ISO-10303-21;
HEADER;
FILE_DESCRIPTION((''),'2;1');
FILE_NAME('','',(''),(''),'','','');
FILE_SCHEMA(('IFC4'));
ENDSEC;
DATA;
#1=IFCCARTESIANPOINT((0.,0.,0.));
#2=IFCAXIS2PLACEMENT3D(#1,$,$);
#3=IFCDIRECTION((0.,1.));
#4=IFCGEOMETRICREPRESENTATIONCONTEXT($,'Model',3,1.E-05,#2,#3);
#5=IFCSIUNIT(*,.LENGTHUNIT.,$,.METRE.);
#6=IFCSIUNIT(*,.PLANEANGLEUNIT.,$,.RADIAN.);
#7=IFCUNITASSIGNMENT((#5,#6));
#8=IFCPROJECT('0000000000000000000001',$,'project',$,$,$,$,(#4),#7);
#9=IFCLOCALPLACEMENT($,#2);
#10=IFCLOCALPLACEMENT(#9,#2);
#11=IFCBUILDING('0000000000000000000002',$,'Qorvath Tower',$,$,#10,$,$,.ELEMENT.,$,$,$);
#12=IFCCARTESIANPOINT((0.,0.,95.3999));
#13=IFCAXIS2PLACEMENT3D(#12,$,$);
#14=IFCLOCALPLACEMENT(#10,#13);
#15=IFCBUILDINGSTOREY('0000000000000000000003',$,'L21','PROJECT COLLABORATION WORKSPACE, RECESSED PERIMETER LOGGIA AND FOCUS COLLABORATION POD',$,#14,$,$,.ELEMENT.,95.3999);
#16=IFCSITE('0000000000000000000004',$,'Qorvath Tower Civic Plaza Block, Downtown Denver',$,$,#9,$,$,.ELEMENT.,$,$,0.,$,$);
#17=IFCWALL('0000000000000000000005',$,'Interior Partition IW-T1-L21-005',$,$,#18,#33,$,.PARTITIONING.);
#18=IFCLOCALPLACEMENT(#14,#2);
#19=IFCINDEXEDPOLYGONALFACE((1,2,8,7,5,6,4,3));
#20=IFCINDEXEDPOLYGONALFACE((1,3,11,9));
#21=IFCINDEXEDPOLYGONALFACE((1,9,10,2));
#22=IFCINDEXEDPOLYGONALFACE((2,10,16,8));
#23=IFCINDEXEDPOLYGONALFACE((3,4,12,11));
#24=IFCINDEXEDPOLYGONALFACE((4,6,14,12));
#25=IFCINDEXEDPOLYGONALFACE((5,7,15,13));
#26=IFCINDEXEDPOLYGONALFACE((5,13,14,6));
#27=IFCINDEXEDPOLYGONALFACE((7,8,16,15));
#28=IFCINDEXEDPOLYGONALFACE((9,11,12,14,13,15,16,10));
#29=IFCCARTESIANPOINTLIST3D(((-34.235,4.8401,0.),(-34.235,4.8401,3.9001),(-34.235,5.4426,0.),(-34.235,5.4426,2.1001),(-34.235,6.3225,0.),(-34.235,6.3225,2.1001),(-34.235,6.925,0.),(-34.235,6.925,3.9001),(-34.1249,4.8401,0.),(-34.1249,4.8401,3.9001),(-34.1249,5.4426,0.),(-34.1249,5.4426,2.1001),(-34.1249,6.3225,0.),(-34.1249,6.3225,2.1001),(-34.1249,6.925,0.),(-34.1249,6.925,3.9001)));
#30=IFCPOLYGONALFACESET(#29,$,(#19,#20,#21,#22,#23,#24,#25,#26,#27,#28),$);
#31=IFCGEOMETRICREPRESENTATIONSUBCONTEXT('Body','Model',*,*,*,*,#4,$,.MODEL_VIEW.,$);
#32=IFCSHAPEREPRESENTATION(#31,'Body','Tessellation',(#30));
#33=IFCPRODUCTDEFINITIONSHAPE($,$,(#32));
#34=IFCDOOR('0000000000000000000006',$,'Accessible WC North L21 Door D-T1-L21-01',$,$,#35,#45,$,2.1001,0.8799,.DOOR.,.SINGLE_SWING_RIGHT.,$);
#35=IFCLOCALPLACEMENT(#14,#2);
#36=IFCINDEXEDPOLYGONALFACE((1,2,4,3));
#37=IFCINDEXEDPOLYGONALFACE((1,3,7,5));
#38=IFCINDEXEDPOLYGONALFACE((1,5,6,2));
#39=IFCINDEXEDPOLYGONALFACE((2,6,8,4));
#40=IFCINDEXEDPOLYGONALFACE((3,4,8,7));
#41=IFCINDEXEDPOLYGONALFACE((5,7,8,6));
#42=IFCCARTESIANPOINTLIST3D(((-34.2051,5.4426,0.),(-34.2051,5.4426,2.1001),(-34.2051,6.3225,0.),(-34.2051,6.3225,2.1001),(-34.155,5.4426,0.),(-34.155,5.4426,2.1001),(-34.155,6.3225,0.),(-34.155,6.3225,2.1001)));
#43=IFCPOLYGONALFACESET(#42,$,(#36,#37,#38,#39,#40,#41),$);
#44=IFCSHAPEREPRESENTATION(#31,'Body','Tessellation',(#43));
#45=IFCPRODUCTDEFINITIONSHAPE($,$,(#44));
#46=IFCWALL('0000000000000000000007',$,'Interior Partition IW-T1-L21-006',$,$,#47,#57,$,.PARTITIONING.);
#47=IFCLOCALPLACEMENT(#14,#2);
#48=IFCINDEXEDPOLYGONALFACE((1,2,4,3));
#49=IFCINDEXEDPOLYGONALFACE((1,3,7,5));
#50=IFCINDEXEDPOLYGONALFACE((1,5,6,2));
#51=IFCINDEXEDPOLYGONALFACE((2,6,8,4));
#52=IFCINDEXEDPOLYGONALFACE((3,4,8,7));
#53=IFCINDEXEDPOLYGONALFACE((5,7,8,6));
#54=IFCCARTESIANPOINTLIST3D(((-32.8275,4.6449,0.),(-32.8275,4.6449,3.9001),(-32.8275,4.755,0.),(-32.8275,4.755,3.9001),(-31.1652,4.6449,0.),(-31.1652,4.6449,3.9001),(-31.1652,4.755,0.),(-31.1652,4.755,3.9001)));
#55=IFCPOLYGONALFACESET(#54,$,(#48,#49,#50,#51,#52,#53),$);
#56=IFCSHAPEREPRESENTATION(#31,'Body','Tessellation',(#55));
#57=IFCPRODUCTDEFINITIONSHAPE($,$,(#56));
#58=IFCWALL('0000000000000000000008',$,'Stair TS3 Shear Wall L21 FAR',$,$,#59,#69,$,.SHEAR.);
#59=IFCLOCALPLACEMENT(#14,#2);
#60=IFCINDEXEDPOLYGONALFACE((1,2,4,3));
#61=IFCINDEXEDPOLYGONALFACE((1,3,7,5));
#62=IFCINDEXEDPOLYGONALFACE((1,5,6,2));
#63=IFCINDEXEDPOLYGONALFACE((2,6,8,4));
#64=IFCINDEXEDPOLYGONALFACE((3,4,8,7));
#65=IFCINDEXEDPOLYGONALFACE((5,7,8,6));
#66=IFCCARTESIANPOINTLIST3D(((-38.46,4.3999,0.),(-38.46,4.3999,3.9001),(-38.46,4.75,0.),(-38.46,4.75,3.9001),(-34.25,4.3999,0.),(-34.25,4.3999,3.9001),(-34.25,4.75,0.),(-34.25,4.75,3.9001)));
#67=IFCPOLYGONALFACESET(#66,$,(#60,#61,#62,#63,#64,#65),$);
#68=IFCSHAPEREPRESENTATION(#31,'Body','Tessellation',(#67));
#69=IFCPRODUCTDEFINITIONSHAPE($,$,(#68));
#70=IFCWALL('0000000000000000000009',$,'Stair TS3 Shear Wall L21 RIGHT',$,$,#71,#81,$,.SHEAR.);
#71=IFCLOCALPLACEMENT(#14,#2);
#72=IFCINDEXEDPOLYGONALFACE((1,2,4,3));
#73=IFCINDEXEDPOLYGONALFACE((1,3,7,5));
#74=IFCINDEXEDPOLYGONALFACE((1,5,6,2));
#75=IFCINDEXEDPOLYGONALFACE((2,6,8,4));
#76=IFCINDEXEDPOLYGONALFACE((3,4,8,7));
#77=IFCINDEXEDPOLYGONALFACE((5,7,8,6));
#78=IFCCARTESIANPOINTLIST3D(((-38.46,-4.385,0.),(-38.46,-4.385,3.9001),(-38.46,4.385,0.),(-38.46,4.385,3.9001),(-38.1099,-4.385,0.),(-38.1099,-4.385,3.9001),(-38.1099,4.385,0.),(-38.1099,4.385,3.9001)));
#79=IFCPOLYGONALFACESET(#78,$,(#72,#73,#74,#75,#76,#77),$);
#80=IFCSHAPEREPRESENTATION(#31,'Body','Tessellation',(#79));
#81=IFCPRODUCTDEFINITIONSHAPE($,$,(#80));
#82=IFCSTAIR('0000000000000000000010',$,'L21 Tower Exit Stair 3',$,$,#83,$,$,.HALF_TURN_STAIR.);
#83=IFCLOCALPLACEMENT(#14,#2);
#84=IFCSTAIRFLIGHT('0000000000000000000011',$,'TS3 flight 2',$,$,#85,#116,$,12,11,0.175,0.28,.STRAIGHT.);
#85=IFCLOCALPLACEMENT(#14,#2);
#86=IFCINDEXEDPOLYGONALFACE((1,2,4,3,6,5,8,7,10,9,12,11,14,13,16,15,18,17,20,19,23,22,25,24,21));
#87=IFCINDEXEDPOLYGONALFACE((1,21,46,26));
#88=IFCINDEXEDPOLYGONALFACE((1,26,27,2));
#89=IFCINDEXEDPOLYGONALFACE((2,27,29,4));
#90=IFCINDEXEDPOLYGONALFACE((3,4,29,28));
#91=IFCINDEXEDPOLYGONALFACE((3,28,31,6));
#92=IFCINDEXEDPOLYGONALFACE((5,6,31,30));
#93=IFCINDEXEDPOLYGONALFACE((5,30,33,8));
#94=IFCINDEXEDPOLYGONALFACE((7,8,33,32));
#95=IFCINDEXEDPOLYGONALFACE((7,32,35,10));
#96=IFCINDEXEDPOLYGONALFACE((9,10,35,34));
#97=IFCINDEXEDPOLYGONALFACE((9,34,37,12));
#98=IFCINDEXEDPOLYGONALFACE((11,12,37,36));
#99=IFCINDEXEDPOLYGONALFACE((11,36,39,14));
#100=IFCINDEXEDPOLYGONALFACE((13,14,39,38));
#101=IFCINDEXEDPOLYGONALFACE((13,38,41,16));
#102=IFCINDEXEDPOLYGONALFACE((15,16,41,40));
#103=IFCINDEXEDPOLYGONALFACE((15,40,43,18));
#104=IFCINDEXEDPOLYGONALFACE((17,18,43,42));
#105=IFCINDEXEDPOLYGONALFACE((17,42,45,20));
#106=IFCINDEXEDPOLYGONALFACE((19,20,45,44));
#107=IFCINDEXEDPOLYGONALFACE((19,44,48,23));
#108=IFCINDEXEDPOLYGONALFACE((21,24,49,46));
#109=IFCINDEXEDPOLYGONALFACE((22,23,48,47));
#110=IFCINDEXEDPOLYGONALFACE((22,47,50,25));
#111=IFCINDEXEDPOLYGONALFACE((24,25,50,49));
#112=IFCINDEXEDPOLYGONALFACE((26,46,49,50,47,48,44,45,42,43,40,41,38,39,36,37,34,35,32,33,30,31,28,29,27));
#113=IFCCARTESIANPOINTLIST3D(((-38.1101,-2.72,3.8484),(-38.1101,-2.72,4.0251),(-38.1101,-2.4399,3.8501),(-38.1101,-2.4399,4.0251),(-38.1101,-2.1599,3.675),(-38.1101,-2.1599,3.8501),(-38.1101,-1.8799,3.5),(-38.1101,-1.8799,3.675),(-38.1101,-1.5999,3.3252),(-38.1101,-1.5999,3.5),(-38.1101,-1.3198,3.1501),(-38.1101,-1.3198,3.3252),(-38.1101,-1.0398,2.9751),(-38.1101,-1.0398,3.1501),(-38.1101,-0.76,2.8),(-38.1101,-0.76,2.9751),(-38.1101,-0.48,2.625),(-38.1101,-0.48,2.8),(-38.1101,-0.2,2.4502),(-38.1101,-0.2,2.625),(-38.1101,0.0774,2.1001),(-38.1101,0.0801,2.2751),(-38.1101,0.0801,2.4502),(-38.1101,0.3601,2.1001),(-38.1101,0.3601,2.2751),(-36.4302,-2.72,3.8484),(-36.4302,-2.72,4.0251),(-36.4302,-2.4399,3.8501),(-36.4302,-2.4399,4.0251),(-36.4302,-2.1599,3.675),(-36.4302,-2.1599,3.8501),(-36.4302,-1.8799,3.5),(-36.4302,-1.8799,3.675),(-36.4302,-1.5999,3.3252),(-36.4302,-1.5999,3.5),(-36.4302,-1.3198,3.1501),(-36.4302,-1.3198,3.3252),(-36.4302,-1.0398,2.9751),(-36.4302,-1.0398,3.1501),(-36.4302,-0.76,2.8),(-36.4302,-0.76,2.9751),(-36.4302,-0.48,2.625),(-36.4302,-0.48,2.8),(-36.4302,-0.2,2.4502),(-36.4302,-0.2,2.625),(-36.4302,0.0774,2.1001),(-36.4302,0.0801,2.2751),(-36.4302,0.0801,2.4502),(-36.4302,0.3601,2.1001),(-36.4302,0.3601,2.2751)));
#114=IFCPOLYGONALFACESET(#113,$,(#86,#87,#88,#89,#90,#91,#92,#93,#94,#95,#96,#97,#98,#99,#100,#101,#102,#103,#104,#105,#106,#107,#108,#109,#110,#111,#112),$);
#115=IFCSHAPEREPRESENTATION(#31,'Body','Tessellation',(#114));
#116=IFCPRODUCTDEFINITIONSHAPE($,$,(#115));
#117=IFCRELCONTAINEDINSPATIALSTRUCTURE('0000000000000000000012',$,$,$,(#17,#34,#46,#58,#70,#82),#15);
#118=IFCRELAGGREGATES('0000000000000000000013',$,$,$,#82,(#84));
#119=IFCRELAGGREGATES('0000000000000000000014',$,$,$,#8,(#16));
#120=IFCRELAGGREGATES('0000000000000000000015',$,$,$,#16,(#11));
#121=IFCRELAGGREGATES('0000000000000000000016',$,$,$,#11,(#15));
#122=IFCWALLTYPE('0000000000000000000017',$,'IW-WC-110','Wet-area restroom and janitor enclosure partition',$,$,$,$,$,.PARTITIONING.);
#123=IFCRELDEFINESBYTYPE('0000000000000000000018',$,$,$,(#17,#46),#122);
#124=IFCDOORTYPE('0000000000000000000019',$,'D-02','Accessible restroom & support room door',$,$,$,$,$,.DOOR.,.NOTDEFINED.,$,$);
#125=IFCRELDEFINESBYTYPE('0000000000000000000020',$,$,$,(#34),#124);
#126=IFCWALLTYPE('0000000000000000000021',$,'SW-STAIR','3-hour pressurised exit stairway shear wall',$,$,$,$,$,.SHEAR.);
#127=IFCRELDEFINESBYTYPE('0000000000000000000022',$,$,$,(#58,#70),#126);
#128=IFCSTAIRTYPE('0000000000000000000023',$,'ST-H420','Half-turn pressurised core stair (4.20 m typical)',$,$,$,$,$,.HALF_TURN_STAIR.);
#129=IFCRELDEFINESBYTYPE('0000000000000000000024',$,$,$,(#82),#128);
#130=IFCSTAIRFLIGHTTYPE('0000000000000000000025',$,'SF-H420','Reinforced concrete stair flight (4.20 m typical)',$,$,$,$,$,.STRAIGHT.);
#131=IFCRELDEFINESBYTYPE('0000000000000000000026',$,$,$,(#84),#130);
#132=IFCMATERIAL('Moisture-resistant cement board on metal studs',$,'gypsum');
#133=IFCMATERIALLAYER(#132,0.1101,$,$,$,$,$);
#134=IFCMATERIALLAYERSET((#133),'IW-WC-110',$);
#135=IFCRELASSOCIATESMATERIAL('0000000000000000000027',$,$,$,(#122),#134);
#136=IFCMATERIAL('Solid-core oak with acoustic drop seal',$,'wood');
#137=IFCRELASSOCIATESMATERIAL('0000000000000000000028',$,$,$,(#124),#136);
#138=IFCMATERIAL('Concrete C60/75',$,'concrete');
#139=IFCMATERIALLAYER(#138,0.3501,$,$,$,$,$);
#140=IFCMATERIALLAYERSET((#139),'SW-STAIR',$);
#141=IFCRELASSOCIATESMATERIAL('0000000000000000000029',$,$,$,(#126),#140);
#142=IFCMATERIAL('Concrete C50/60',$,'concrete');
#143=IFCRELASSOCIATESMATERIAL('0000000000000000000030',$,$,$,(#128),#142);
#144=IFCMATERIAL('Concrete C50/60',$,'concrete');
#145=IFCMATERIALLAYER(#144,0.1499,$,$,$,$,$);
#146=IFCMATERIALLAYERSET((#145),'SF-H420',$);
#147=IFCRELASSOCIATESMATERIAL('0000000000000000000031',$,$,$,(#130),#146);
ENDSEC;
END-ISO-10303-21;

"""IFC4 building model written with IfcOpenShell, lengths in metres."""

from ifc_helpers import new_model, si_unit, direction, frame, frame_2d, origin, place, context, subcontext, project, spatial, polyline, rectangle, outline, extrude, material, layer, layer_set, type_object, element, fill, aggregate, save


model = new_model("IFC4")

# Units and contexts
model_context = context("Model", 3, precision=1e-05, world=origin(), true_north=direction((0.0, 1.0)))
body_context = subcontext(model_context, "Body", "Model", "MODEL_VIEW")
ifc_project = project(units=[si_unit("LENGTHUNIT", "METRE"), si_unit("PLANEANGLEUNIT", "RADIAN")], contexts=[model_context])

# Site, building, storey
site_placement = place(None, origin())
site = spatial("IfcSite", under=ifc_project, at=site_placement, Name="Qorvath Tower Civic Plaza Block, Downtown Denver", CompositionType="ELEMENT", RefElevation=0.0)
building_placement = place(site_placement, origin())
building = spatial("IfcBuilding", under=site, at=building_placement, Name="Qorvath Tower", CompositionType="ELEMENT")
storey_placement = place(building_placement, frame((0.0, 0.0, 95.3999)))
storey = spatial("IfcBuildingStorey", under=building, at=storey_placement, Name="L21", Description="PROJECT COLLABORATION WORKSPACE, RECESSED PERIMETER LOGGIA AND FOCUS COLLABORATION POD", CompositionType="ELEMENT", Elevation=95.3999)

# Wall, opening, door
ifc_material_1 = material(Name="Moisture-resistant cement board on metal studs", Category="gypsum")
ifc_layer_1 = layer(ifc_material_1, 0.1101)
ifc_layer_set_1 = layer_set([ifc_layer_1], Name="IW-WC-110")
wall_type_1 = type_object("IfcWallType", Name="IW-WC-110", Description="Wet-area restroom and janitor enclosure partition", PredefinedType="PARTITIONING", material=ifc_layer_set_1)
wall_1_placement = place(storey_placement, frame((-34.1799, 6.925, 0.0), z_axis=(0.0, 0.0, 1.0), x_axis=(0.0, -1.0, 0.0)))
wall_1 = element("IfcWall", 1, at=wall_1_placement, inside=storey, type_object=wall_type_1, Name="Interior Partition IW-T1-L21-005", PredefinedType="PARTITIONING", context=body_context, shape_type="SweptSolid", body=[
    extrude(rectangle(XDim=2.085, YDim=0.1101, at=frame_2d((1.0425, 0.0))), origin(), (0.0, 0.0, 1.0), 3.9001),
])
opening_1_placement = place(wall_1_placement, frame((0.6025, 0.0, 0.0)))
opening_1 = element("IfcOpeningElement", 2, at=opening_1_placement, cuts=wall_1, PredefinedType="OPENING", context=body_context, shape_type="SweptSolid", body=[
    extrude(rectangle(XDim=0.8799, YDim=2.1001, at=frame_2d((0.4399, 1.05))), frame((0.0, 0.0649, 0.0), z_axis=(0.0, -1.0, 0.0), x_axis=(1.0, 0.0, 0.0)), (0.0, 0.0, 1.0), 0.1301),
])
ifc_material_2 = material(Name="Solid-core oak with acoustic drop seal", Category="wood")
door_type_1 = type_object("IfcDoorType", Name="D-02", Description="Accessible restroom & support room door", OperationType="NOTDEFINED", PredefinedType="DOOR", material=ifc_material_2)
door_1_placement = place(opening_1_placement, origin())
door_1 = element("IfcDoor", 3, at=door_1_placement, inside=storey, type_object=door_type_1, Name="Accessible WC North L21 Door D-T1-L21-01", OperationType="SINGLE_SWING_RIGHT", OverallHeight=2.1001, OverallWidth=0.8799, PredefinedType="DOOR", context=body_context, shape_type="SweptSolid", body=[
    extrude(rectangle(XDim=0.8799, YDim=2.1001, at=frame_2d((0.4399, 1.05))), frame((0.0, 0.0249, 0.0), z_axis=(0.0, -1.0, 0.0), x_axis=(1.0, 0.0, 0.0)), (0.0, 0.0, 1.0), 0.05),
])
fill(opening_1, door_1)

# Walls
wall_2_placement = place(storey_placement, frame((-32.8274, 4.7, 0.0), z_axis=(0.0, 0.0, 1.0), x_axis=(1.0, 0.0, 0.0)))
element("IfcWall", 4, at=wall_2_placement, inside=storey, type_object=wall_type_1, Name="Interior Partition IW-T1-L21-006", PredefinedType="PARTITIONING", context=body_context, shape_type="SweptSolid", body=[
    extrude(rectangle(XDim=1.6624, YDim=0.1101, at=frame_2d((0.8311, 0.0))), origin(), (0.0, 0.0, 1.0), 3.9001),
])
ifc_material_3 = material(Name="Concrete C60/75", Category="concrete")
ifc_layer_2 = layer(ifc_material_3, 0.3501)
ifc_layer_set_2 = layer_set([ifc_layer_2], Name="SW-STAIR")
wall_type_2 = type_object("IfcWallType", Name="SW-STAIR", Description="3-hour pressurised exit stairway shear wall", PredefinedType="SHEAR", material=ifc_layer_set_2)
wall_3_placement = place(storey_placement, frame((-34.25, 4.575, 0.0), z_axis=(0.0, 0.0, 1.0), x_axis=(-1.0, 0.0, 0.0)))
element("IfcWall", 5, at=wall_3_placement, inside=storey, type_object=wall_type_2, Name="Stair TS3 Shear Wall L21 FAR", PredefinedType="SHEAR", context=body_context, shape_type="SweptSolid", body=[
    extrude(rectangle(XDim=4.21, YDim=0.3501, at=frame_2d((2.105, 0.0))), origin(), (0.0, 0.0, 1.0), 3.9001),
])
wall_4_placement = place(storey_placement, frame((-38.2849, 4.385, 0.0), z_axis=(0.0, 0.0, 1.0), x_axis=(0.0, -1.0, 0.0)))
element("IfcWall", 6, at=wall_4_placement, inside=storey, type_object=wall_type_2, Name="Stair TS3 Shear Wall L21 RIGHT", PredefinedType="SHEAR", context=body_context, shape_type="SweptSolid", body=[
    extrude(rectangle(XDim=8.77, YDim=0.3501, at=frame_2d((4.385, 0.0))), origin(), (0.0, 0.0, 1.0), 3.9001),
])

# Stair, stair flight
ifc_material_4 = material(Name="Concrete C50/60", Category="concrete")
stair_type = type_object("IfcStairType", Name="ST-H420", Description="Half-turn pressurised core stair (4.20 m typical)", PredefinedType="HALF_TURN_STAIR", material=ifc_material_4)
stair_placement = place(storey_placement, origin())
stair = element("IfcStair", 7, at=stair_placement, inside=storey, type_object=stair_type, Name="L21 Tower Exit Stair 3", PredefinedType="HALF_TURN_STAIR")
ifc_material_5 = material(Name="Concrete C50/60", Category="concrete")
ifc_layer_3 = layer(ifc_material_5, 0.1499)
ifc_layer_set_3 = layer_set([ifc_layer_3], Name="SF-H420")
stair_flight_type = type_object("IfcStairFlightType", Name="SF-H420", Description="Reinforced concrete stair flight (4.20 m typical)", PredefinedType="STRAIGHT", material=ifc_layer_set_3)
stair_flight_placement = place(storey_placement, frame((-37.27, 0.3601, 2.1001), z_axis=(0.0, 0.0, 1.0), x_axis=(0.0, -1.0, 0.0)))
stair_flight = element("IfcStairFlight", 8, at=stair_flight_placement, type_object=stair_flight_type, Name="TS3 flight 2", NumberOfRisers=12, NumberOfTreads=11, PredefinedType="STRAIGHT", RiserHeight=0.175, TreadLength=0.28, context=body_context, shape_type="SweptSolid", body=[
    extrude(outline(polyline([(0.0, 0.0), (0.0, 0.175), (0.28, 0.175), (0.28, 0.3501), (0.5601, 0.3501), (0.5601, 0.5249), (0.8401, 0.5249), (0.8401, 0.7), (1.1201, 0.7), (1.1201, 0.875), (1.3999, 0.875), (1.3999, 1.05), (1.6799, 1.05), (1.6799, 1.2251), (1.96, 1.2251), (1.96, 1.3999), (2.24, 1.3999), (2.24, 1.575), (2.52, 1.575), (2.52, 1.75), (2.8, 1.75), (2.8, 1.925), (3.0801, 1.925), (3.0801, 2.1001), (3.0801, 1.7483), (0.2827, 0.0), (0.0, 0.0)])), frame((0.0, 0.8398, 0.0), z_axis=(0.0, -1.0, 0.0), x_axis=(1.0, 0.0, 0.0)), (0.0, 0.0, 1.0), 1.6799),
])
aggregate(stair, [stair_flight])

save(model, "model.ifc")
